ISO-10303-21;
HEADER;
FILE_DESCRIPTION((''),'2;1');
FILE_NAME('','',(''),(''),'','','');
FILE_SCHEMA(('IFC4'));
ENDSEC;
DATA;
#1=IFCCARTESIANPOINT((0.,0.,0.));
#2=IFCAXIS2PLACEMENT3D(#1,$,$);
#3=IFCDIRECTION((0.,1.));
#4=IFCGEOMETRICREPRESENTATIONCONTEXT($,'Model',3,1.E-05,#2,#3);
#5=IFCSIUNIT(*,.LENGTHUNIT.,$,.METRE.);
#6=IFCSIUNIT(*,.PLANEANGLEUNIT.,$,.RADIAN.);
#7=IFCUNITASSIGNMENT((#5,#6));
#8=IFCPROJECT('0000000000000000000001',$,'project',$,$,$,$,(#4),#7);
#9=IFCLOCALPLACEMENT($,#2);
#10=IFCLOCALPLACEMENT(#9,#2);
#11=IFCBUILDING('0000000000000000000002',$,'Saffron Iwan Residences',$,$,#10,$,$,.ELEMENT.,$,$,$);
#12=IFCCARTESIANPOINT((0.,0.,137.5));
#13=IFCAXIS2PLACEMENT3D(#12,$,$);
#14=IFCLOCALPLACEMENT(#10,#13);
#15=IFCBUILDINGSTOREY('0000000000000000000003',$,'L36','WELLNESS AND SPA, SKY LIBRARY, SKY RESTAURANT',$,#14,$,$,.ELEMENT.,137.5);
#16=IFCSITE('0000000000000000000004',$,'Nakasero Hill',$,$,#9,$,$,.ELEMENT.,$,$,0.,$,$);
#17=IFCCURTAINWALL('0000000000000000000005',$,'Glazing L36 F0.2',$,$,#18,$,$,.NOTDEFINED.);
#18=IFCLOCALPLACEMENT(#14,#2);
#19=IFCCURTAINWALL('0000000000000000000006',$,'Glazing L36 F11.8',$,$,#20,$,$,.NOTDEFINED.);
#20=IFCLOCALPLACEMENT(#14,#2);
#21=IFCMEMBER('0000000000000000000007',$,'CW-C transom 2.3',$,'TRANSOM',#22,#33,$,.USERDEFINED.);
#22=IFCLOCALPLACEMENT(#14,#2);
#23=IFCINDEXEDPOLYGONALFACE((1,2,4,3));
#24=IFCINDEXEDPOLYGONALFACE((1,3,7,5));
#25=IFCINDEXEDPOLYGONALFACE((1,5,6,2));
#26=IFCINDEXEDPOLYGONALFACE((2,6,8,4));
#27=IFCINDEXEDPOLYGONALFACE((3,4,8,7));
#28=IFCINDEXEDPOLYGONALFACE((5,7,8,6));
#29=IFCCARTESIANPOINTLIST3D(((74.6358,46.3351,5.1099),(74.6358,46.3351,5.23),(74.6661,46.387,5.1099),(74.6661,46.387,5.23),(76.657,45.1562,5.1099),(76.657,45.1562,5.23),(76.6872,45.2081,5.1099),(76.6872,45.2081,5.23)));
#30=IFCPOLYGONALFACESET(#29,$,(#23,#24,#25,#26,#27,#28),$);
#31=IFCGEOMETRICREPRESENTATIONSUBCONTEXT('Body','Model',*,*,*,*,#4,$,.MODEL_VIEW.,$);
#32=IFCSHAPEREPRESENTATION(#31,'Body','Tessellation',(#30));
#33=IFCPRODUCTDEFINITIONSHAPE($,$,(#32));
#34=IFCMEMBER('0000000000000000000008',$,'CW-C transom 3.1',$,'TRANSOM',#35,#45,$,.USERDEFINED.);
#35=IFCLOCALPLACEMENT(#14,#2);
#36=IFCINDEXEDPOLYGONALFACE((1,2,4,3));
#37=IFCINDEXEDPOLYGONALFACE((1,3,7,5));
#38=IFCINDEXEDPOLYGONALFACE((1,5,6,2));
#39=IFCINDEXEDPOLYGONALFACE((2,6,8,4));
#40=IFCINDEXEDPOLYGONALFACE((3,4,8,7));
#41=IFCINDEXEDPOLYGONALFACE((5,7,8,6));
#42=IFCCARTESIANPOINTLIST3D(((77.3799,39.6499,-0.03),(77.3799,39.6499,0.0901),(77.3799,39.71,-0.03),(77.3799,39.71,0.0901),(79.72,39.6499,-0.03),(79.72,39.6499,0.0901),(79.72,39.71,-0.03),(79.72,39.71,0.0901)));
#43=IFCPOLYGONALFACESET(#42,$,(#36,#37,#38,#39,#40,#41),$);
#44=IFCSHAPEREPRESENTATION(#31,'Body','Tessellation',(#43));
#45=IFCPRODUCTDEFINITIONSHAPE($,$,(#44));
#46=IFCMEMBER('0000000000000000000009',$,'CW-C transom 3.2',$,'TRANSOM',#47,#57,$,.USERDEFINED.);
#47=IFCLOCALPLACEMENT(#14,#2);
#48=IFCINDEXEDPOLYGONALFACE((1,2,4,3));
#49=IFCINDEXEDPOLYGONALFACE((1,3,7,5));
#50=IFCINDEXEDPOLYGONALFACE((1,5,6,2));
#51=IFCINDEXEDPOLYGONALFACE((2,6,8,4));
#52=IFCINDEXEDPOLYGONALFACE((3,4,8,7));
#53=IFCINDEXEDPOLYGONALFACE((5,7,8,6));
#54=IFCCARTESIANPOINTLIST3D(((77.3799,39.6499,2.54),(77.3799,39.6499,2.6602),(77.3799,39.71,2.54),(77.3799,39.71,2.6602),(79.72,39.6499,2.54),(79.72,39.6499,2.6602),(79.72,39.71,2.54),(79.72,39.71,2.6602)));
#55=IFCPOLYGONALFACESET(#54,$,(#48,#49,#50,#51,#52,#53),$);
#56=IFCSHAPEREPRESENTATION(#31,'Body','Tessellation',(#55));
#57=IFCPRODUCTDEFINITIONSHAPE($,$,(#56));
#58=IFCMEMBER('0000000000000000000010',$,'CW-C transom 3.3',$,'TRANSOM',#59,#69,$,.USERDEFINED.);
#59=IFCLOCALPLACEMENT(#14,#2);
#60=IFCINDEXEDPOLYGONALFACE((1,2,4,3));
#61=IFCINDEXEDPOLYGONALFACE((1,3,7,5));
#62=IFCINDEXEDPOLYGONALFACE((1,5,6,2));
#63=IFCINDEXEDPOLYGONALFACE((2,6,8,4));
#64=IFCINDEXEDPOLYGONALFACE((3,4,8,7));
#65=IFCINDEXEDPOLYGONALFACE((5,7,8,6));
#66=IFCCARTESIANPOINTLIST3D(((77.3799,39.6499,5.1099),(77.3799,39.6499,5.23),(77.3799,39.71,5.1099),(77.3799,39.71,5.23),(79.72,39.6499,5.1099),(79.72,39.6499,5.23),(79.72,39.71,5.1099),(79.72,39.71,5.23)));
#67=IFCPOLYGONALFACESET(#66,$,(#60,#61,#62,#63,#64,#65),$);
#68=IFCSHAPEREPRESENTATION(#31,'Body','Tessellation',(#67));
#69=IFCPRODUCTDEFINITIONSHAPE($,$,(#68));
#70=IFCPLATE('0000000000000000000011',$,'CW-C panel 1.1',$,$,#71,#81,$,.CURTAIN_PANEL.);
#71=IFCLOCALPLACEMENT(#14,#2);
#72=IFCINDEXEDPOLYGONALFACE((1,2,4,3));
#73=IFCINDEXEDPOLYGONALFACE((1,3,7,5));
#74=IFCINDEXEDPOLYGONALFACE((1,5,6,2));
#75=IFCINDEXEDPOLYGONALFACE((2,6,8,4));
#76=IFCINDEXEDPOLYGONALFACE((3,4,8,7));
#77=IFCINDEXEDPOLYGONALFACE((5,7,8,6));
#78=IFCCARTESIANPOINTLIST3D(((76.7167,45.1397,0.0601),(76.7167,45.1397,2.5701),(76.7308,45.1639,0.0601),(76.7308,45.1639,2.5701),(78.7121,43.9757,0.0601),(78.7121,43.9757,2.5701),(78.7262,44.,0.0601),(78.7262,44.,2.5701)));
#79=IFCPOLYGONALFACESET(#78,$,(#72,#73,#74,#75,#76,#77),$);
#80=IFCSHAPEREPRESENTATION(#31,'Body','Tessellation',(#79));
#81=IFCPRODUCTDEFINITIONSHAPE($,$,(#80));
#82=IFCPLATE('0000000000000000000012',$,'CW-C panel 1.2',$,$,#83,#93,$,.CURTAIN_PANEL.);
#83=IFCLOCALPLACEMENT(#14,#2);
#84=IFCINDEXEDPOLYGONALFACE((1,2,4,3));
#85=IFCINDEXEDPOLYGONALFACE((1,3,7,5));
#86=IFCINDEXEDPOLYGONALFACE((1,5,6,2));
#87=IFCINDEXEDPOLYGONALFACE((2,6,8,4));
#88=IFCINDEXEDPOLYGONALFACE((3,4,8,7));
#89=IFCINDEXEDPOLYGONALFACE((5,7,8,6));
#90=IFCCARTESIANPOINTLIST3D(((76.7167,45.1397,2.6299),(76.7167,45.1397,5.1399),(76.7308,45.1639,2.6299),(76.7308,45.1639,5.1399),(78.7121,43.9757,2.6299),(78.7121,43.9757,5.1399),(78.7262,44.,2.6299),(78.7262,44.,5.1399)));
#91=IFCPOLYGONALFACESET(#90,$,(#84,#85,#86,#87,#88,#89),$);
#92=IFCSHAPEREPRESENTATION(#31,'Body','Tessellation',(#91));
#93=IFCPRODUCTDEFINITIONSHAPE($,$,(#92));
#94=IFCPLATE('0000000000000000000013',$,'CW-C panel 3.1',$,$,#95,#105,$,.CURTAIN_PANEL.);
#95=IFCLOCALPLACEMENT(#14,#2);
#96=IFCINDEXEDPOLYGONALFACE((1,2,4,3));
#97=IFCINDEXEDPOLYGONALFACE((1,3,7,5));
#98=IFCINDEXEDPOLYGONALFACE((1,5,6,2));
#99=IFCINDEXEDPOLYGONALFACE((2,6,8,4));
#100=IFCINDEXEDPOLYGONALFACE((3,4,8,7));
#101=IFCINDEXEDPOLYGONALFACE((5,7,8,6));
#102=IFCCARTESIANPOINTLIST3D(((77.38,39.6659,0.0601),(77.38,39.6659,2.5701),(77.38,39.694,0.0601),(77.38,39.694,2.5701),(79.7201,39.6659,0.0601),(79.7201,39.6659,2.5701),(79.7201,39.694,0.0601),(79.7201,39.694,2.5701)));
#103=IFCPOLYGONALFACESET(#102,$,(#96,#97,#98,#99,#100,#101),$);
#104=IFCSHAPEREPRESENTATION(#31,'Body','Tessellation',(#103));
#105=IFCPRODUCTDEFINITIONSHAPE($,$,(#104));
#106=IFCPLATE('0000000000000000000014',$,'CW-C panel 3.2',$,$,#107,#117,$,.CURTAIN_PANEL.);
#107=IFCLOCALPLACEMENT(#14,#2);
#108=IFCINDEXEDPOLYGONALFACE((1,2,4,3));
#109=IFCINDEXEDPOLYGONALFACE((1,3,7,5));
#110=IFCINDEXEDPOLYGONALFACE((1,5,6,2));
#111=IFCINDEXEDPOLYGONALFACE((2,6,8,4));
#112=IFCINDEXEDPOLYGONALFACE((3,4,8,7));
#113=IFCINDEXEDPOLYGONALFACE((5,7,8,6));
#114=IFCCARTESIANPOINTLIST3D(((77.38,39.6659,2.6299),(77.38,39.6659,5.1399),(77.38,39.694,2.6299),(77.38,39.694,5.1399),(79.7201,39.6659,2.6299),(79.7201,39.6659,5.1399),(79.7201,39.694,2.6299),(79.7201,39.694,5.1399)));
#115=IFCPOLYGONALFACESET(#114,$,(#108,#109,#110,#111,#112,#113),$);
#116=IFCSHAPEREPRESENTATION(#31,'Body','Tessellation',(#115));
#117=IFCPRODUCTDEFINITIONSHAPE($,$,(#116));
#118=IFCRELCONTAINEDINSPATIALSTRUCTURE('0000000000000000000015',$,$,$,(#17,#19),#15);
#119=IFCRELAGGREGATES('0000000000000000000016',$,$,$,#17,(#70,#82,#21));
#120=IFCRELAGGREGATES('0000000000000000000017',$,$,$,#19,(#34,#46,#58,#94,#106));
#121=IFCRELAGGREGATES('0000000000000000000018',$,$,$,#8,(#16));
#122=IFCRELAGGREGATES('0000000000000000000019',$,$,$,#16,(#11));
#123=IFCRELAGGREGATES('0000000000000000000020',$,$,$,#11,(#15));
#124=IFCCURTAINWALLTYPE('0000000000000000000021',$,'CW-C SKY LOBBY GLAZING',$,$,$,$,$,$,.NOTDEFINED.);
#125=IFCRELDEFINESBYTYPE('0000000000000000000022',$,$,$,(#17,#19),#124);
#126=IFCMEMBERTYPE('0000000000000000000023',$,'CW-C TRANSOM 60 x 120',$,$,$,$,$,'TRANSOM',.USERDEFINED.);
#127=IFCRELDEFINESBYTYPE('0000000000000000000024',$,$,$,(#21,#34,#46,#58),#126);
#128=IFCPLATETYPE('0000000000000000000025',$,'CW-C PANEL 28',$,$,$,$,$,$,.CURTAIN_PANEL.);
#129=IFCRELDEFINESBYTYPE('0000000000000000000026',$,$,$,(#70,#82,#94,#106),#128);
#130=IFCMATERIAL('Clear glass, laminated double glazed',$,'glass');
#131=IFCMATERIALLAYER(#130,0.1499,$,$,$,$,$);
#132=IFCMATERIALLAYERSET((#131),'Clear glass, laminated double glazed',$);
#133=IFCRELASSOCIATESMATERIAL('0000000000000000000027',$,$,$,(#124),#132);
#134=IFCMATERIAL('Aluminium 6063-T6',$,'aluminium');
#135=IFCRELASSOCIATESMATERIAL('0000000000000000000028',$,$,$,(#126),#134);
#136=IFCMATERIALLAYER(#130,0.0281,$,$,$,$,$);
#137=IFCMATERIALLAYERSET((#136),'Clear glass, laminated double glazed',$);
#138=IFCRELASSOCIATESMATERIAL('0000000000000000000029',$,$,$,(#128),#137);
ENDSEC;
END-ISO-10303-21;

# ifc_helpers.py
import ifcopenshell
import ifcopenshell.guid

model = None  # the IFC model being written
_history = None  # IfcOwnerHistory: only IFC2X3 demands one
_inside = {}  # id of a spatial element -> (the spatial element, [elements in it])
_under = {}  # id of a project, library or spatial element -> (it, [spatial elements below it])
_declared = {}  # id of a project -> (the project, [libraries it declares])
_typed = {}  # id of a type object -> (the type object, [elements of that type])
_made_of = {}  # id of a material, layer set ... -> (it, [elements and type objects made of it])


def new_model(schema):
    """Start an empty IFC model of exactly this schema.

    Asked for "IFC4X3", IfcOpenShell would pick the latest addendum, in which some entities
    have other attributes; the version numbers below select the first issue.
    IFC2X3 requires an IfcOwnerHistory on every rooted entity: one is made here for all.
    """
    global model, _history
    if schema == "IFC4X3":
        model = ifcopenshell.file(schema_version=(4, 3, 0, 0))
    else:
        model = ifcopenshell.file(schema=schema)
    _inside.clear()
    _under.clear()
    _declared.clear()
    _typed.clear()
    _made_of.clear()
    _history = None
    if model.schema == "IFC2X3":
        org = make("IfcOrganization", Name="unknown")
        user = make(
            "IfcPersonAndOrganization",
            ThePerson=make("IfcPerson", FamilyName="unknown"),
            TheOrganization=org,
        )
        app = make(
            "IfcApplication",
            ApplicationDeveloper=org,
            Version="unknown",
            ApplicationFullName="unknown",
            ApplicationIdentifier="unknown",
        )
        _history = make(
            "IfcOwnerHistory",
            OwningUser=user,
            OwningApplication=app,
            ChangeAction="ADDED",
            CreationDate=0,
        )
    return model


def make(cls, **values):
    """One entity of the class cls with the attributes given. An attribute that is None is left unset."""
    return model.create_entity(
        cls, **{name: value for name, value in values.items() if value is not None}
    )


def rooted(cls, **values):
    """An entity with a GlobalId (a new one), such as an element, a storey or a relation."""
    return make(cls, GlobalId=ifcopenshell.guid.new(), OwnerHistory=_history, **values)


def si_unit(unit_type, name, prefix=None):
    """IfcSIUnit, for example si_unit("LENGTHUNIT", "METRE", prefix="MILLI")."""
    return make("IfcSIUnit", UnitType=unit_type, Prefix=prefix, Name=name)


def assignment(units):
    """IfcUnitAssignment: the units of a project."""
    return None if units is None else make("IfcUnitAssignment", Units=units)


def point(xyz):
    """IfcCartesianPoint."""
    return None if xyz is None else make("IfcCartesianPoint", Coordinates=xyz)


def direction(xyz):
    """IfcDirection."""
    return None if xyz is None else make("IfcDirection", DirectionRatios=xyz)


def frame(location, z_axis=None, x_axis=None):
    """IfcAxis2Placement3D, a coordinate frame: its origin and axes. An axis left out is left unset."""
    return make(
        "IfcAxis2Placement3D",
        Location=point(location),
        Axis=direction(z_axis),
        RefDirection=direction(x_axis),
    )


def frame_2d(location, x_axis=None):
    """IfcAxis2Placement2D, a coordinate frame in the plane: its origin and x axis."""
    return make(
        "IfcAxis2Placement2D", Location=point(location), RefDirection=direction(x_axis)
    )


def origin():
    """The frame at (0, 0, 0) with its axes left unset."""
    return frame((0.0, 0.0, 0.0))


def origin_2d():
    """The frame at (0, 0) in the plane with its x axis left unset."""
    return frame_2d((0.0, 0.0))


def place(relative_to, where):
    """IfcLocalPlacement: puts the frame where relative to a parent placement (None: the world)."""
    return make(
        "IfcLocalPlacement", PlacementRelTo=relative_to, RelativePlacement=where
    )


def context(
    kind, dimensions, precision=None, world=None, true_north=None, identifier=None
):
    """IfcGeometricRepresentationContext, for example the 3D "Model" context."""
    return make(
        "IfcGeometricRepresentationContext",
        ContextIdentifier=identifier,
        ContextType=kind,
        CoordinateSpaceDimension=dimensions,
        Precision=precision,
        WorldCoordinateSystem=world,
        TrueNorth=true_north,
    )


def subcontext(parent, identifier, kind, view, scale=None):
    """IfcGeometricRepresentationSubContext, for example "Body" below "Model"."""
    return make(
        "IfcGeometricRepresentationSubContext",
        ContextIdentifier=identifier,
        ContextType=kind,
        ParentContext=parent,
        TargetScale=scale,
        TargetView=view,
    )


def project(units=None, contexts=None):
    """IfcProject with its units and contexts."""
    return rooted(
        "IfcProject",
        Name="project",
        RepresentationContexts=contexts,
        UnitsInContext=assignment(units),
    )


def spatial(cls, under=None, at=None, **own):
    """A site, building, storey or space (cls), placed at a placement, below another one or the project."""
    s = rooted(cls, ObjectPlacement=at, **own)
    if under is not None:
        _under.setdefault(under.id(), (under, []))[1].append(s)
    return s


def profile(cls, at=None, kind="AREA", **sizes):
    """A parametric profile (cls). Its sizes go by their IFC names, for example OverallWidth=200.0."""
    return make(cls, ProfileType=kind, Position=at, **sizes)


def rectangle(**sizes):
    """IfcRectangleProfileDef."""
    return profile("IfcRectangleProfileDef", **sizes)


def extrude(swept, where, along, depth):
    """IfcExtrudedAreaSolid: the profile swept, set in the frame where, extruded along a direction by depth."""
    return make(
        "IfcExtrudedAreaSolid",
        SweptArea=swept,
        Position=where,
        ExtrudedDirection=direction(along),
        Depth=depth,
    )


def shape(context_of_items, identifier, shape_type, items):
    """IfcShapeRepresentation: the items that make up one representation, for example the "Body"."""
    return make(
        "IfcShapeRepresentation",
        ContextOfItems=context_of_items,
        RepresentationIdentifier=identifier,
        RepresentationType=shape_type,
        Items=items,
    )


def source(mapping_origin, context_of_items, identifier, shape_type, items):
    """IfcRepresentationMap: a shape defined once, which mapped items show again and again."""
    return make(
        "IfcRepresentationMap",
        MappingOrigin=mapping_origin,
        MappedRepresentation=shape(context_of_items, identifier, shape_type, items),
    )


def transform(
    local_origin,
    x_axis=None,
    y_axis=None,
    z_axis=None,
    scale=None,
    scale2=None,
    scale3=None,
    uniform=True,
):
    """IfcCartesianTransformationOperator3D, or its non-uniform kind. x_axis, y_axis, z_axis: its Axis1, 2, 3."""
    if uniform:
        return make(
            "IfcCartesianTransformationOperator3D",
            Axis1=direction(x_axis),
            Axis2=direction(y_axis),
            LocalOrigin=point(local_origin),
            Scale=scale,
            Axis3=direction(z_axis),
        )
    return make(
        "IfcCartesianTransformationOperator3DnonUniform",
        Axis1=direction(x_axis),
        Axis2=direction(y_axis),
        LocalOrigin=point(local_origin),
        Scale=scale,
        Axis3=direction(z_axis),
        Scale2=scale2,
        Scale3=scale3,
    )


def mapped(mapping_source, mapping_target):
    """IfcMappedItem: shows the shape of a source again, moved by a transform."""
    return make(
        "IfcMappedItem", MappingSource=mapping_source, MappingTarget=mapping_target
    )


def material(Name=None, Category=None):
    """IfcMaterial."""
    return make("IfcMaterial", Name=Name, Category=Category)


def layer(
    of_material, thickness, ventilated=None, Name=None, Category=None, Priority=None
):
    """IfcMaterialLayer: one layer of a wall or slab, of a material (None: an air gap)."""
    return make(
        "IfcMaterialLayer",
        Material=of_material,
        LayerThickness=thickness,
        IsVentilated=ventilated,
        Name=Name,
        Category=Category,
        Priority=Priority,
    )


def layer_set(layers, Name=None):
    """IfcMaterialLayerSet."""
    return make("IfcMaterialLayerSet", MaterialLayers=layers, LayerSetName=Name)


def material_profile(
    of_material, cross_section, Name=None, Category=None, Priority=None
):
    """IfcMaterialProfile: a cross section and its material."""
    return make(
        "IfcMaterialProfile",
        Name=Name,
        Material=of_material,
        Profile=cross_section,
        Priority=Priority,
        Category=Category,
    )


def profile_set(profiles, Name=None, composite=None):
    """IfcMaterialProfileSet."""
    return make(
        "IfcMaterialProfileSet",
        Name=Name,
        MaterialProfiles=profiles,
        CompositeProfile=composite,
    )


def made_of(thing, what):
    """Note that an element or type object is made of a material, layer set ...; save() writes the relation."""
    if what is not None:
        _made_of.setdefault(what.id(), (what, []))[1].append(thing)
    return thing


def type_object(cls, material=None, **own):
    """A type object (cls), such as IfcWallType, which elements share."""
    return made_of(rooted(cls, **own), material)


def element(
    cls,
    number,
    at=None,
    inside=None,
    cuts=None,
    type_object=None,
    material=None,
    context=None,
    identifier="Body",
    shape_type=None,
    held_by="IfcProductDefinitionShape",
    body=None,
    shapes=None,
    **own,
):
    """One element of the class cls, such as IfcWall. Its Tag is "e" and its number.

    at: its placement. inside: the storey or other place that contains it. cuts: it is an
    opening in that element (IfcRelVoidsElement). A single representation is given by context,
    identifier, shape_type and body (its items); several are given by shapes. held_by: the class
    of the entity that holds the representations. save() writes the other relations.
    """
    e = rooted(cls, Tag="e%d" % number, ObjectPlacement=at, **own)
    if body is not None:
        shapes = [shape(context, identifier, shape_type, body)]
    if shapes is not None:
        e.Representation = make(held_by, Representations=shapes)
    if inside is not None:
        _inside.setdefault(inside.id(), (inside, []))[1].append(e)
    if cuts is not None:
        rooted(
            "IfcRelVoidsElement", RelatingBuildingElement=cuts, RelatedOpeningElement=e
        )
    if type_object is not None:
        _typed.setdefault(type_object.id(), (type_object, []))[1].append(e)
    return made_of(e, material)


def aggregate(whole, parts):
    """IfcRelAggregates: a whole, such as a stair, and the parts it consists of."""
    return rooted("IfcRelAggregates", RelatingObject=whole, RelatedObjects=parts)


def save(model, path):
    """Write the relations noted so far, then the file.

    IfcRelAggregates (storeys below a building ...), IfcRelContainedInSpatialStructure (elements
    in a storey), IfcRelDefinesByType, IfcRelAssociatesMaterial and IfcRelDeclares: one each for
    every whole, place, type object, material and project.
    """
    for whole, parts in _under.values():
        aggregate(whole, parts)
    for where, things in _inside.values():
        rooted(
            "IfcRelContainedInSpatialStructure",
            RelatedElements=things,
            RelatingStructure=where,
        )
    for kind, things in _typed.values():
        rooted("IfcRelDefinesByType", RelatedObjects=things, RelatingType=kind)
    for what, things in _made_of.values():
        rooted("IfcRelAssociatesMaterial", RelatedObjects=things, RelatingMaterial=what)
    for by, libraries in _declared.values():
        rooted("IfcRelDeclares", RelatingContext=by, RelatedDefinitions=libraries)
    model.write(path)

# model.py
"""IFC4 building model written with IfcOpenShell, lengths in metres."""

from ifc_helpers import new_model, si_unit, direction, frame, origin, origin_2d, place, context, subcontext, project, spatial, rectangle, extrude, source, transform, mapped, material, layer, layer_set, material_profile, profile_set, type_object, element, aggregate, save


model = new_model("IFC4")

# Units and contexts
model_context = context("Model", 3, precision=1e-05, world=origin(), true_north=direction((0.0, 1.0)))
body_context = subcontext(model_context, "Body", "Model", "MODEL_VIEW")
ifc_project = project(units=[si_unit("LENGTHUNIT", "METRE"), si_unit("PLANEANGLEUNIT", "RADIAN")], contexts=[model_context])

# Site, building, storey
site_placement = place(None, origin())
site = spatial("IfcSite", under=ifc_project, at=site_placement, Name="Nakasero Hill", CompositionType="ELEMENT", RefElevation=0.0)
building_placement = place(site_placement, origin())
building = spatial("IfcBuilding", under=site, at=building_placement, Name="Saffron Iwan Residences", CompositionType="ELEMENT")
storey_placement = place(building_placement, frame((0.0, 0.0, 137.5)))
storey = spatial("IfcBuildingStorey", under=building, at=storey_placement, Name="L36", Description="WELLNESS AND SPA, SKY LIBRARY, SKY RESTAURANT", CompositionType="ELEMENT", Elevation=137.5)

# Curtain walls
ifc_material_1 = material(Name="Clear glass, laminated double glazed", Category="glass")
ifc_layer_1 = layer(ifc_material_1, 0.1499)
ifc_layer_set_1 = layer_set([ifc_layer_1], Name="Clear glass, laminated double glazed")
curtain_wall_type = type_object("IfcCurtainWallType", Name="CW-C SKY LOBBY GLAZING", PredefinedType="NOTDEFINED", material=ifc_layer_set_1)
curtain_wall_1_placement = place(storey_placement, origin())
curtain_wall_1 = element("IfcCurtainWall", 1, at=curtain_wall_1_placement, inside=storey, type_object=curtain_wall_type, Name="Glazing L36 F0.2", PredefinedType="NOTDEFINED")
ifc_material_2 = material(Name="Aluminium 6063-T6", Category="aluminium")
curtain_wall_2_placement = place(storey_placement, origin())
curtain_wall_2 = element("IfcCurtainWall", 2, at=curtain_wall_2_placement, inside=storey, type_object=curtain_wall_type, Name="Glazing L36 F11.8", PredefinedType="NOTDEFINED")

# Members
ifc_material_profile_1 = material_profile(ifc_material_2, rectangle(XDim=0.0601, YDim=0.1201, at=origin_2d()), Name="CW-C TRANSOM 60 x 120")
ifc_profile_set_1 = profile_set([ifc_material_profile_1], Name="Aluminium 6063-T6")
member_type_1 = type_object("IfcMemberType", Name="CW-C TRANSOM 60 x 120", ElementType="TRANSOM", PredefinedType="USERDEFINED", material=ifc_profile_set_1)
shared_shape_1 = source(origin(), body_context, "Body", "SweptSolid", [
    extrude(rectangle(XDim=0.0601, YDim=0.1201, at=origin_2d()), origin(), (0.0, 0.0, 1.0), 2.3398),
])
member_1_placement = place(storey_placement, frame((76.6721, 45.1821, 5.1699), z_axis=(-0.863798, 0.503839, 0.0), x_axis=(-0.503839, -0.863798, 0.0)))
member_1 = element("IfcMember", 3, at=member_1_placement, type_object=member_type_1, Name="CW-C transom 2.3", ObjectType="TRANSOM", PredefinedType="USERDEFINED", context=body_context, shape_type="MappedRepresentation", body=[
    mapped(shared_shape_1, transform((0.0, 0.0, 0.0))),
])
shared_shape_2 = source(origin(), body_context, "Body", "SweptSolid", [
    extrude(rectangle(XDim=0.0601, YDim=0.1201, at=origin_2d()), origin(), (0.0, 0.0, 1.0), 2.3401),
])
member_2_placement = place(storey_placement, frame((77.3799, 39.6799, 0.03), z_axis=(1.0, 0.0, 0.0), x_axis=(0.0, 1.0, 0.0)))
member_2 = element("IfcMember", 4, at=member_2_placement, type_object=member_type_1, Name="CW-C transom 3.1", ObjectType="TRANSOM", PredefinedType="USERDEFINED", context=body_context, shape_type="MappedRepresentation", body=[
    mapped(shared_shape_2, transform((0.0, 0.0, 0.0))),
])
member_3_placement = place(storey_placement, frame((77.3799, 39.6799, 2.6001), z_axis=(1.0, 0.0, 0.0), x_axis=(0.0, 1.0, 0.0)))
member_3 = element("IfcMember", 5, at=member_3_placement, type_object=member_type_1, Name="CW-C transom 3.2", ObjectType="TRANSOM", PredefinedType="USERDEFINED", context=body_context, shape_type="MappedRepresentation", body=[
    mapped(shared_shape_2, transform((0.0, 0.0, 0.0))),
])
member_4_placement = place(storey_placement, frame((77.3799, 39.6799, 5.1699), z_axis=(1.0, 0.0, 0.0), x_axis=(0.0, 1.0, 0.0)))
member_4 = element("IfcMember", 6, at=member_4_placement, type_object=member_type_1, Name="CW-C transom 3.3", ObjectType="TRANSOM", PredefinedType="USERDEFINED", context=body_context, shape_type="MappedRepresentation", body=[
    mapped(shared_shape_2, transform((0.0, 0.0, 0.0))),
])

# Plates
ifc_layer_2 = layer(ifc_material_1, 0.0281)
ifc_layer_set_2 = layer_set([ifc_layer_2], Name="Clear glass, laminated double glazed")
plate_type = type_object("IfcPlateType", Name="CW-C PANEL 28", PredefinedType="CURTAIN_PANEL", material=ifc_layer_set_2)
shared_shape_3 = source(origin(), body_context, "Body", "SweptSolid", [
    extrude(rectangle(XDim=2.3101, YDim=0.0281, at=origin_2d()), origin(), (0.0, 0.0, 1.0), 2.51),
])
plate_1_placement = place(storey_placement, frame((77.7214, 44.5698, 0.0601), z_axis=(0.0, 0.0, 1.0), x_axis=(-0.863779, 0.503871, 0.0)))
plate_1 = element("IfcPlate", 7, at=plate_1_placement, type_object=plate_type, Name="CW-C panel 1.1", PredefinedType="CURTAIN_PANEL", context=body_context, shape_type="MappedRepresentation", body=[
    mapped(shared_shape_3, transform((0.0, 0.0, 0.0))),
])
plate_2_placement = place(storey_placement, frame((77.7214, 44.5698, 2.6299), z_axis=(0.0, 0.0, 1.0), x_axis=(-0.863779, 0.503871, 0.0)))
plate_2 = element("IfcPlate", 8, at=plate_2_placement, type_object=plate_type, Name="CW-C panel 1.2", PredefinedType="CURTAIN_PANEL", context=body_context, shape_type="MappedRepresentation", body=[
    mapped(shared_shape_3, transform((0.0, 0.0, 0.0))),
])
aggregate(curtain_wall_1, [plate_1, plate_2, member_1])
shared_shape_4 = source(origin(), body_context, "Body", "SweptSolid", [
    extrude(rectangle(XDim=2.3401, YDim=0.0281, at=origin_2d()), origin(), (0.0, 0.0, 1.0), 2.51),
])
plate_3_placement = place(storey_placement, frame((78.55, 39.6799, 0.0601), z_axis=(0.0, 0.0, 1.0), x_axis=(1.0, 0.0, 0.0)))
plate_3 = element("IfcPlate", 9, at=plate_3_placement, type_object=plate_type, Name="CW-C panel 3.1", PredefinedType="CURTAIN_PANEL", context=body_context, shape_type="MappedRepresentation", body=[
    mapped(shared_shape_4, transform((0.0, 0.0, 0.0))),
])
plate_4_placement = place(storey_placement, frame((78.55, 39.6799, 2.6299), z_axis=(0.0, 0.0, 1.0), x_axis=(1.0, 0.0, 0.0)))
plate_4 = element("IfcPlate", 10, at=plate_4_placement, type_object=plate_type, Name="CW-C panel 3.2", PredefinedType="CURTAIN_PANEL", context=body_context, shape_type="MappedRepresentation", body=[
    mapped(shared_shape_4, transform((0.0, 0.0, 0.0))),
])
aggregate(curtain_wall_2, [member_2, member_3, member_4, plate_3, plate_4])

save(model, "model.ifc")
